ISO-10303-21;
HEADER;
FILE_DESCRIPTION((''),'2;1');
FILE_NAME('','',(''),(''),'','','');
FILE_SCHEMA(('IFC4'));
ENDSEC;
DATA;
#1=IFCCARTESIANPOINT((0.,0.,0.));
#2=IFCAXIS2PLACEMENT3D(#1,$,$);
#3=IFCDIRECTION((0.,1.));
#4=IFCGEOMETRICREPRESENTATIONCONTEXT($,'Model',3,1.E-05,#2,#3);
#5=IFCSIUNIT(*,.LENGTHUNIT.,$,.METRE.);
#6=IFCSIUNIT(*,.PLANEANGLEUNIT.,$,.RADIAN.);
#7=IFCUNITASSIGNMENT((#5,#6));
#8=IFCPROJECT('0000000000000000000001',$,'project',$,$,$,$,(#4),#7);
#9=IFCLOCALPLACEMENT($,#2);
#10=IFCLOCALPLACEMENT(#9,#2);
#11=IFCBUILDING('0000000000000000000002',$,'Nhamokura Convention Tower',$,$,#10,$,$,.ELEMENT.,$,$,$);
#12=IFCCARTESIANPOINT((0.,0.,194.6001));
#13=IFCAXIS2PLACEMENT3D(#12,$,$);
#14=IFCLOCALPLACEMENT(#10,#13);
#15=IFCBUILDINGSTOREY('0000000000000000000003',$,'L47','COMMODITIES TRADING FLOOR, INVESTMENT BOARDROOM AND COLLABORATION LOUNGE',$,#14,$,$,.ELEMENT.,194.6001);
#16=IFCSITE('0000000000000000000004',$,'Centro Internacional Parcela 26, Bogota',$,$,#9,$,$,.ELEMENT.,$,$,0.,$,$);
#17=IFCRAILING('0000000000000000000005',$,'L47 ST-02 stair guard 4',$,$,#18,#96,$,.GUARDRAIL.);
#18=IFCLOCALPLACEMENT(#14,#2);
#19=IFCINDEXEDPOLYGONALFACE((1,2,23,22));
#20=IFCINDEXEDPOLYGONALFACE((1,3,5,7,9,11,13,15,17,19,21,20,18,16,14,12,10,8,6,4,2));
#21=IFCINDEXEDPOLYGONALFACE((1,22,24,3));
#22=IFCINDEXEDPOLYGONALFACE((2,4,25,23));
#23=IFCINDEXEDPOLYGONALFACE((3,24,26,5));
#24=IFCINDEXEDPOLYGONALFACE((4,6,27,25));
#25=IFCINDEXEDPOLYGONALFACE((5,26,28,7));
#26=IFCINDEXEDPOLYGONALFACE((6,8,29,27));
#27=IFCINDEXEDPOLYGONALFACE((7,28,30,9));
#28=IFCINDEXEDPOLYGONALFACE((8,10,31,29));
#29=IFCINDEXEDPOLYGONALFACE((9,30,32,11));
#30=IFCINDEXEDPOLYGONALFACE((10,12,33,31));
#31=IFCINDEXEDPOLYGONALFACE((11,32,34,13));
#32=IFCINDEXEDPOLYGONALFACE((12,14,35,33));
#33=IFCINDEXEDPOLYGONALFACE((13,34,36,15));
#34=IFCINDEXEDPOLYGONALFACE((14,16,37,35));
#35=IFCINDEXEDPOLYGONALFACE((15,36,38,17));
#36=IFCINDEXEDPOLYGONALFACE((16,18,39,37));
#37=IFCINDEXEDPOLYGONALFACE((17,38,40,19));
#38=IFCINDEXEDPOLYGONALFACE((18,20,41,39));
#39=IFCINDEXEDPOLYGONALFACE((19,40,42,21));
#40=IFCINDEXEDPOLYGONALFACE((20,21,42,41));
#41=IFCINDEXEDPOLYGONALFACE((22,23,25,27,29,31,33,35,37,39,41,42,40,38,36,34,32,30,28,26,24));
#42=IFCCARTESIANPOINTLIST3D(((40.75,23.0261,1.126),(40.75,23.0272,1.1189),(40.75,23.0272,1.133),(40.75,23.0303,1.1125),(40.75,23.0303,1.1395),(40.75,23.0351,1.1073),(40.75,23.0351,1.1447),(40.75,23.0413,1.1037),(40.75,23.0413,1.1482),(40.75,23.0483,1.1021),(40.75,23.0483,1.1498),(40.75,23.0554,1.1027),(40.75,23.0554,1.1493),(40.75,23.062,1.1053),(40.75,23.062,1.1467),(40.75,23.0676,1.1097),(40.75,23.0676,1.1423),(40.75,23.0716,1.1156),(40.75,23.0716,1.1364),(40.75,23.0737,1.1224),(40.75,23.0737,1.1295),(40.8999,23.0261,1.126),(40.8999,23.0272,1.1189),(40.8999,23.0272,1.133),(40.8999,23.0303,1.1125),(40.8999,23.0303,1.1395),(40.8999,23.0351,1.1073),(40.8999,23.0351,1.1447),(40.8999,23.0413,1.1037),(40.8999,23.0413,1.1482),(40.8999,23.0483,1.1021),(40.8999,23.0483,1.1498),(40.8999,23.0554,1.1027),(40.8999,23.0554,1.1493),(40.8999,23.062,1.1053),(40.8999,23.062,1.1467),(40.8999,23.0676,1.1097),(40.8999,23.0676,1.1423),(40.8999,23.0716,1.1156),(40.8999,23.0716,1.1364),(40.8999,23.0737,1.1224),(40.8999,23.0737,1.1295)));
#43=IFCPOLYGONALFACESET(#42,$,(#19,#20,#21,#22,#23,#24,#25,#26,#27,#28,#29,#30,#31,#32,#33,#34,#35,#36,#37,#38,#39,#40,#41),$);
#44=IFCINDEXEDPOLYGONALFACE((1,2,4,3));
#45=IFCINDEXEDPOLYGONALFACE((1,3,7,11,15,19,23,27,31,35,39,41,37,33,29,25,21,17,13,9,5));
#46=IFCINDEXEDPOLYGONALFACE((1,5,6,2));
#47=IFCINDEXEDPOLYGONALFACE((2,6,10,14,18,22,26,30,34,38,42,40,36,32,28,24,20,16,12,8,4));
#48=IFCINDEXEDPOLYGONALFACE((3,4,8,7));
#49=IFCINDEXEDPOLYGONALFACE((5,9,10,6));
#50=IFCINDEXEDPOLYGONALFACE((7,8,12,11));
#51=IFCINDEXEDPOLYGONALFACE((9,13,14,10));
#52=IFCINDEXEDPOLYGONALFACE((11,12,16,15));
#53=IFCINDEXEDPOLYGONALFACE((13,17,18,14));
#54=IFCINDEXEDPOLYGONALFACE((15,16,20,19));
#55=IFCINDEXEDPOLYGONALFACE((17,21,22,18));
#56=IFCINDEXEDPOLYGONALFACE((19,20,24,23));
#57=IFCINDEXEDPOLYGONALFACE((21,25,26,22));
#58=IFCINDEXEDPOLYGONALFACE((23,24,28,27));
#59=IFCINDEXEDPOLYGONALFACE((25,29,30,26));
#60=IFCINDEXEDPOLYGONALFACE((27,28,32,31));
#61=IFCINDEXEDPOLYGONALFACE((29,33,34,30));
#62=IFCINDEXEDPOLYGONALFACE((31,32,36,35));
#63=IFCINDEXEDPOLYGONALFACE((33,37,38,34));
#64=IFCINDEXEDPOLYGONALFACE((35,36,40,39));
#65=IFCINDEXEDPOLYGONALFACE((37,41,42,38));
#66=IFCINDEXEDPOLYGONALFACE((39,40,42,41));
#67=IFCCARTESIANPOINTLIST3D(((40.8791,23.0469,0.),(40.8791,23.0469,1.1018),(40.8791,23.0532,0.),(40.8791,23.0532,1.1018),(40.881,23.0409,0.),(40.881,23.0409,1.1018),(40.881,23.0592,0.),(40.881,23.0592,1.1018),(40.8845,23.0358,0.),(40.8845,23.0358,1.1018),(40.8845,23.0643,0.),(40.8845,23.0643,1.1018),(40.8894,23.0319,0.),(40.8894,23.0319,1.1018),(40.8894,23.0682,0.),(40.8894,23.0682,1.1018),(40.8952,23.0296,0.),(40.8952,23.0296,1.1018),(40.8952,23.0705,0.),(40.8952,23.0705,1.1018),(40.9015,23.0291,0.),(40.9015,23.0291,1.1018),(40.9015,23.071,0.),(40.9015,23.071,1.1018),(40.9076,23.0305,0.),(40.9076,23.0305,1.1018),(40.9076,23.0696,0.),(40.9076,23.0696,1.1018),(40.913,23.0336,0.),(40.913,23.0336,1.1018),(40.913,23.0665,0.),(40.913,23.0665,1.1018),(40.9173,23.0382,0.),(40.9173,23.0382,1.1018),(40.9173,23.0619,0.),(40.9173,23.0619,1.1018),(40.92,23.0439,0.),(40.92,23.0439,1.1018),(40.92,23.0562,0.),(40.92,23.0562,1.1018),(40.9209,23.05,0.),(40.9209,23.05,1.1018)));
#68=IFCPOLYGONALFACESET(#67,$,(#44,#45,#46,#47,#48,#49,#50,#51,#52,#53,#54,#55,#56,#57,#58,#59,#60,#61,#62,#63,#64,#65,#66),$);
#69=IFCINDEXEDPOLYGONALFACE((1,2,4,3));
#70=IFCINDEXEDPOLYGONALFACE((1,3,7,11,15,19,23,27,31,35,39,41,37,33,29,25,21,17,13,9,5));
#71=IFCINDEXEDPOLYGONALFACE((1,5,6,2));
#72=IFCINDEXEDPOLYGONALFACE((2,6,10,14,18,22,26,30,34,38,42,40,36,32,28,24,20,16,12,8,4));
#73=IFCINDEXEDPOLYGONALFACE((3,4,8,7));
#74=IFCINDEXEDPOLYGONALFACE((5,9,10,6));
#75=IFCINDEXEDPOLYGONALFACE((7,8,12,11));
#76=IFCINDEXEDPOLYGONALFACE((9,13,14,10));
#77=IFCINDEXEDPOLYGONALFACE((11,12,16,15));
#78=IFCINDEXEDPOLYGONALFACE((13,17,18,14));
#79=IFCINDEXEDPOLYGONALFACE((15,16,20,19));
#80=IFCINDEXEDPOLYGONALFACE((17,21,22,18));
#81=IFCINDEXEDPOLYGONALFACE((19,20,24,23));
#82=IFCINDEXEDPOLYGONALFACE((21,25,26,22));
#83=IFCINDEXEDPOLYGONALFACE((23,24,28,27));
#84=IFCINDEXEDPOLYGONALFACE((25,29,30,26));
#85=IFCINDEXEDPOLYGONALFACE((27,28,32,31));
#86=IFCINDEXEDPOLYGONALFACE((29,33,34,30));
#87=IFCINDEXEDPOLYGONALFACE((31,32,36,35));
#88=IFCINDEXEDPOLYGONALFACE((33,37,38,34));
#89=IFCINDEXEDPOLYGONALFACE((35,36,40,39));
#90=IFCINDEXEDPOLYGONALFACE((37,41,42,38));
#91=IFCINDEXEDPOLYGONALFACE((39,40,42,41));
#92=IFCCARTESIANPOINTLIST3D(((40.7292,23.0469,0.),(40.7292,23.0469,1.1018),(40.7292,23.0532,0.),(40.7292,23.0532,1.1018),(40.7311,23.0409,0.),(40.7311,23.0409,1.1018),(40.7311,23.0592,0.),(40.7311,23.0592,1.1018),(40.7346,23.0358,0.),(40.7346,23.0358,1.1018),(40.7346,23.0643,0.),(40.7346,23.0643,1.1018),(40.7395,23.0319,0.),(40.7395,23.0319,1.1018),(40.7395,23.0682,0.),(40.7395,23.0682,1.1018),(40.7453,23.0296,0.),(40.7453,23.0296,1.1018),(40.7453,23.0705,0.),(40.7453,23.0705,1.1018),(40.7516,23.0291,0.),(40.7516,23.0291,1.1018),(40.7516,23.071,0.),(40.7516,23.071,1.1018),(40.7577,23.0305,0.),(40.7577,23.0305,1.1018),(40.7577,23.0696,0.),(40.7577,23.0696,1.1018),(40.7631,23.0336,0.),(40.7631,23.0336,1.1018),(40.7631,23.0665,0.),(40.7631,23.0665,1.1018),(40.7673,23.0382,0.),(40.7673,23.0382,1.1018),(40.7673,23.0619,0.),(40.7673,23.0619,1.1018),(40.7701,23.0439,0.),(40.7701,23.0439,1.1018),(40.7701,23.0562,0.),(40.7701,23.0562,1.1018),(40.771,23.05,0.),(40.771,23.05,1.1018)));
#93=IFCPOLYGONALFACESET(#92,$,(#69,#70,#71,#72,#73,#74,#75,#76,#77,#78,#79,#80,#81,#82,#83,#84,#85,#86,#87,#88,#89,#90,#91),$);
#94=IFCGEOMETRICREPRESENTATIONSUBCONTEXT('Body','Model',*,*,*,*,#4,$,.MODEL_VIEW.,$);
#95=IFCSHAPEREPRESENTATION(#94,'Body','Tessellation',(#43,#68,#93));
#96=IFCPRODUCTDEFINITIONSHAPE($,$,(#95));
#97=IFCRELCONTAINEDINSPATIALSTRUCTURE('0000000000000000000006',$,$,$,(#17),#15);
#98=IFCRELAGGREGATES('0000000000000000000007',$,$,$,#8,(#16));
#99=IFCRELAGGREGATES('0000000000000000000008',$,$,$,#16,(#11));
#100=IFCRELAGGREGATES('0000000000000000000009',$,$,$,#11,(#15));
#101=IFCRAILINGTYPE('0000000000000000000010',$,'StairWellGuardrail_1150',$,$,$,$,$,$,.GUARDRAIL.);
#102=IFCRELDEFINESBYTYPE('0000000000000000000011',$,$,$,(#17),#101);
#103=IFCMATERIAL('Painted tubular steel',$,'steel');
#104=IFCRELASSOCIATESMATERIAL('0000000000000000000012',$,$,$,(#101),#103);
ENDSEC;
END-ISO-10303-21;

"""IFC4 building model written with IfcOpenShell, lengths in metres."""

from ifc_helpers import new_model, si_unit, direction, frame, origin, origin_2d, place, context, subcontext, project, spatial, circle, extrude, material, type_object, element, save


model = new_model("IFC4")

# Units and contexts
model_context = context("Model", 3, precision=1e-05, world=origin(), true_north=direction((0.0, 1.0)))
body_context = subcontext(model_context, "Body", "Model", "MODEL_VIEW")
ifc_project = project(units=[si_unit("LENGTHUNIT", "METRE"), si_unit("PLANEANGLEUNIT", "RADIAN")], contexts=[model_context])

# Site, building, storey
site_placement = place(None, origin())
site = spatial("IfcSite", under=ifc_project, at=site_placement, Name="Centro Internacional Parcela 26, Bogota", CompositionType="ELEMENT", RefElevation=0.0)
building_placement = place(site_placement, origin())
building = spatial("IfcBuilding", under=site, at=building_placement, Name="Nhamokura Convention Tower", CompositionType="ELEMENT")
storey_placement = place(building_placement, frame((0.0, 0.0, 194.6001)))
storey = spatial("IfcBuildingStorey", under=building, at=storey_placement, Name="L47", Description="COMMODITIES TRADING FLOOR, INVESTMENT BOARDROOM AND COLLABORATION LOUNGE", CompositionType="ELEMENT", Elevation=194.6001)

# Railing
ifc_material_1 = material(Name="Painted tubular steel", Category="steel")
railing_type_1 = type_object("IfcRailingType", Name="StairWellGuardrail_1150", PredefinedType="GUARDRAIL", material=ifc_material_1)
railing_1_placement = place(storey_placement, frame((40.8999, 23.05, 0.0)))
element("IfcRailing", 1, at=railing_1_placement, inside=storey, type_object=railing_type_1, Name="L47 ST-02 stair guard 4", PredefinedType="GUARDRAIL", context=body_context, shape_type="SweptSolid", body=[
    extrude(circle(Radius=0.0239, at=origin_2d()), frame((0.0, 0.0, 1.126), z_axis=(-1.0, 0.0, 0.0), x_axis=(0.0, -1.0, 0.0)), (0.0, 0.0, 1.0), 0.1499),
    extrude(circle(Radius=0.021, at=origin_2d()), origin(), (0.0, 0.0, 1.0), 1.1018),
    extrude(circle(Radius=0.021, at=origin_2d()), frame((-0.1499, 0.0, 0.0)), (0.0, 0.0, 1.0), 1.1018),
])

save(model, "model.ifc")
